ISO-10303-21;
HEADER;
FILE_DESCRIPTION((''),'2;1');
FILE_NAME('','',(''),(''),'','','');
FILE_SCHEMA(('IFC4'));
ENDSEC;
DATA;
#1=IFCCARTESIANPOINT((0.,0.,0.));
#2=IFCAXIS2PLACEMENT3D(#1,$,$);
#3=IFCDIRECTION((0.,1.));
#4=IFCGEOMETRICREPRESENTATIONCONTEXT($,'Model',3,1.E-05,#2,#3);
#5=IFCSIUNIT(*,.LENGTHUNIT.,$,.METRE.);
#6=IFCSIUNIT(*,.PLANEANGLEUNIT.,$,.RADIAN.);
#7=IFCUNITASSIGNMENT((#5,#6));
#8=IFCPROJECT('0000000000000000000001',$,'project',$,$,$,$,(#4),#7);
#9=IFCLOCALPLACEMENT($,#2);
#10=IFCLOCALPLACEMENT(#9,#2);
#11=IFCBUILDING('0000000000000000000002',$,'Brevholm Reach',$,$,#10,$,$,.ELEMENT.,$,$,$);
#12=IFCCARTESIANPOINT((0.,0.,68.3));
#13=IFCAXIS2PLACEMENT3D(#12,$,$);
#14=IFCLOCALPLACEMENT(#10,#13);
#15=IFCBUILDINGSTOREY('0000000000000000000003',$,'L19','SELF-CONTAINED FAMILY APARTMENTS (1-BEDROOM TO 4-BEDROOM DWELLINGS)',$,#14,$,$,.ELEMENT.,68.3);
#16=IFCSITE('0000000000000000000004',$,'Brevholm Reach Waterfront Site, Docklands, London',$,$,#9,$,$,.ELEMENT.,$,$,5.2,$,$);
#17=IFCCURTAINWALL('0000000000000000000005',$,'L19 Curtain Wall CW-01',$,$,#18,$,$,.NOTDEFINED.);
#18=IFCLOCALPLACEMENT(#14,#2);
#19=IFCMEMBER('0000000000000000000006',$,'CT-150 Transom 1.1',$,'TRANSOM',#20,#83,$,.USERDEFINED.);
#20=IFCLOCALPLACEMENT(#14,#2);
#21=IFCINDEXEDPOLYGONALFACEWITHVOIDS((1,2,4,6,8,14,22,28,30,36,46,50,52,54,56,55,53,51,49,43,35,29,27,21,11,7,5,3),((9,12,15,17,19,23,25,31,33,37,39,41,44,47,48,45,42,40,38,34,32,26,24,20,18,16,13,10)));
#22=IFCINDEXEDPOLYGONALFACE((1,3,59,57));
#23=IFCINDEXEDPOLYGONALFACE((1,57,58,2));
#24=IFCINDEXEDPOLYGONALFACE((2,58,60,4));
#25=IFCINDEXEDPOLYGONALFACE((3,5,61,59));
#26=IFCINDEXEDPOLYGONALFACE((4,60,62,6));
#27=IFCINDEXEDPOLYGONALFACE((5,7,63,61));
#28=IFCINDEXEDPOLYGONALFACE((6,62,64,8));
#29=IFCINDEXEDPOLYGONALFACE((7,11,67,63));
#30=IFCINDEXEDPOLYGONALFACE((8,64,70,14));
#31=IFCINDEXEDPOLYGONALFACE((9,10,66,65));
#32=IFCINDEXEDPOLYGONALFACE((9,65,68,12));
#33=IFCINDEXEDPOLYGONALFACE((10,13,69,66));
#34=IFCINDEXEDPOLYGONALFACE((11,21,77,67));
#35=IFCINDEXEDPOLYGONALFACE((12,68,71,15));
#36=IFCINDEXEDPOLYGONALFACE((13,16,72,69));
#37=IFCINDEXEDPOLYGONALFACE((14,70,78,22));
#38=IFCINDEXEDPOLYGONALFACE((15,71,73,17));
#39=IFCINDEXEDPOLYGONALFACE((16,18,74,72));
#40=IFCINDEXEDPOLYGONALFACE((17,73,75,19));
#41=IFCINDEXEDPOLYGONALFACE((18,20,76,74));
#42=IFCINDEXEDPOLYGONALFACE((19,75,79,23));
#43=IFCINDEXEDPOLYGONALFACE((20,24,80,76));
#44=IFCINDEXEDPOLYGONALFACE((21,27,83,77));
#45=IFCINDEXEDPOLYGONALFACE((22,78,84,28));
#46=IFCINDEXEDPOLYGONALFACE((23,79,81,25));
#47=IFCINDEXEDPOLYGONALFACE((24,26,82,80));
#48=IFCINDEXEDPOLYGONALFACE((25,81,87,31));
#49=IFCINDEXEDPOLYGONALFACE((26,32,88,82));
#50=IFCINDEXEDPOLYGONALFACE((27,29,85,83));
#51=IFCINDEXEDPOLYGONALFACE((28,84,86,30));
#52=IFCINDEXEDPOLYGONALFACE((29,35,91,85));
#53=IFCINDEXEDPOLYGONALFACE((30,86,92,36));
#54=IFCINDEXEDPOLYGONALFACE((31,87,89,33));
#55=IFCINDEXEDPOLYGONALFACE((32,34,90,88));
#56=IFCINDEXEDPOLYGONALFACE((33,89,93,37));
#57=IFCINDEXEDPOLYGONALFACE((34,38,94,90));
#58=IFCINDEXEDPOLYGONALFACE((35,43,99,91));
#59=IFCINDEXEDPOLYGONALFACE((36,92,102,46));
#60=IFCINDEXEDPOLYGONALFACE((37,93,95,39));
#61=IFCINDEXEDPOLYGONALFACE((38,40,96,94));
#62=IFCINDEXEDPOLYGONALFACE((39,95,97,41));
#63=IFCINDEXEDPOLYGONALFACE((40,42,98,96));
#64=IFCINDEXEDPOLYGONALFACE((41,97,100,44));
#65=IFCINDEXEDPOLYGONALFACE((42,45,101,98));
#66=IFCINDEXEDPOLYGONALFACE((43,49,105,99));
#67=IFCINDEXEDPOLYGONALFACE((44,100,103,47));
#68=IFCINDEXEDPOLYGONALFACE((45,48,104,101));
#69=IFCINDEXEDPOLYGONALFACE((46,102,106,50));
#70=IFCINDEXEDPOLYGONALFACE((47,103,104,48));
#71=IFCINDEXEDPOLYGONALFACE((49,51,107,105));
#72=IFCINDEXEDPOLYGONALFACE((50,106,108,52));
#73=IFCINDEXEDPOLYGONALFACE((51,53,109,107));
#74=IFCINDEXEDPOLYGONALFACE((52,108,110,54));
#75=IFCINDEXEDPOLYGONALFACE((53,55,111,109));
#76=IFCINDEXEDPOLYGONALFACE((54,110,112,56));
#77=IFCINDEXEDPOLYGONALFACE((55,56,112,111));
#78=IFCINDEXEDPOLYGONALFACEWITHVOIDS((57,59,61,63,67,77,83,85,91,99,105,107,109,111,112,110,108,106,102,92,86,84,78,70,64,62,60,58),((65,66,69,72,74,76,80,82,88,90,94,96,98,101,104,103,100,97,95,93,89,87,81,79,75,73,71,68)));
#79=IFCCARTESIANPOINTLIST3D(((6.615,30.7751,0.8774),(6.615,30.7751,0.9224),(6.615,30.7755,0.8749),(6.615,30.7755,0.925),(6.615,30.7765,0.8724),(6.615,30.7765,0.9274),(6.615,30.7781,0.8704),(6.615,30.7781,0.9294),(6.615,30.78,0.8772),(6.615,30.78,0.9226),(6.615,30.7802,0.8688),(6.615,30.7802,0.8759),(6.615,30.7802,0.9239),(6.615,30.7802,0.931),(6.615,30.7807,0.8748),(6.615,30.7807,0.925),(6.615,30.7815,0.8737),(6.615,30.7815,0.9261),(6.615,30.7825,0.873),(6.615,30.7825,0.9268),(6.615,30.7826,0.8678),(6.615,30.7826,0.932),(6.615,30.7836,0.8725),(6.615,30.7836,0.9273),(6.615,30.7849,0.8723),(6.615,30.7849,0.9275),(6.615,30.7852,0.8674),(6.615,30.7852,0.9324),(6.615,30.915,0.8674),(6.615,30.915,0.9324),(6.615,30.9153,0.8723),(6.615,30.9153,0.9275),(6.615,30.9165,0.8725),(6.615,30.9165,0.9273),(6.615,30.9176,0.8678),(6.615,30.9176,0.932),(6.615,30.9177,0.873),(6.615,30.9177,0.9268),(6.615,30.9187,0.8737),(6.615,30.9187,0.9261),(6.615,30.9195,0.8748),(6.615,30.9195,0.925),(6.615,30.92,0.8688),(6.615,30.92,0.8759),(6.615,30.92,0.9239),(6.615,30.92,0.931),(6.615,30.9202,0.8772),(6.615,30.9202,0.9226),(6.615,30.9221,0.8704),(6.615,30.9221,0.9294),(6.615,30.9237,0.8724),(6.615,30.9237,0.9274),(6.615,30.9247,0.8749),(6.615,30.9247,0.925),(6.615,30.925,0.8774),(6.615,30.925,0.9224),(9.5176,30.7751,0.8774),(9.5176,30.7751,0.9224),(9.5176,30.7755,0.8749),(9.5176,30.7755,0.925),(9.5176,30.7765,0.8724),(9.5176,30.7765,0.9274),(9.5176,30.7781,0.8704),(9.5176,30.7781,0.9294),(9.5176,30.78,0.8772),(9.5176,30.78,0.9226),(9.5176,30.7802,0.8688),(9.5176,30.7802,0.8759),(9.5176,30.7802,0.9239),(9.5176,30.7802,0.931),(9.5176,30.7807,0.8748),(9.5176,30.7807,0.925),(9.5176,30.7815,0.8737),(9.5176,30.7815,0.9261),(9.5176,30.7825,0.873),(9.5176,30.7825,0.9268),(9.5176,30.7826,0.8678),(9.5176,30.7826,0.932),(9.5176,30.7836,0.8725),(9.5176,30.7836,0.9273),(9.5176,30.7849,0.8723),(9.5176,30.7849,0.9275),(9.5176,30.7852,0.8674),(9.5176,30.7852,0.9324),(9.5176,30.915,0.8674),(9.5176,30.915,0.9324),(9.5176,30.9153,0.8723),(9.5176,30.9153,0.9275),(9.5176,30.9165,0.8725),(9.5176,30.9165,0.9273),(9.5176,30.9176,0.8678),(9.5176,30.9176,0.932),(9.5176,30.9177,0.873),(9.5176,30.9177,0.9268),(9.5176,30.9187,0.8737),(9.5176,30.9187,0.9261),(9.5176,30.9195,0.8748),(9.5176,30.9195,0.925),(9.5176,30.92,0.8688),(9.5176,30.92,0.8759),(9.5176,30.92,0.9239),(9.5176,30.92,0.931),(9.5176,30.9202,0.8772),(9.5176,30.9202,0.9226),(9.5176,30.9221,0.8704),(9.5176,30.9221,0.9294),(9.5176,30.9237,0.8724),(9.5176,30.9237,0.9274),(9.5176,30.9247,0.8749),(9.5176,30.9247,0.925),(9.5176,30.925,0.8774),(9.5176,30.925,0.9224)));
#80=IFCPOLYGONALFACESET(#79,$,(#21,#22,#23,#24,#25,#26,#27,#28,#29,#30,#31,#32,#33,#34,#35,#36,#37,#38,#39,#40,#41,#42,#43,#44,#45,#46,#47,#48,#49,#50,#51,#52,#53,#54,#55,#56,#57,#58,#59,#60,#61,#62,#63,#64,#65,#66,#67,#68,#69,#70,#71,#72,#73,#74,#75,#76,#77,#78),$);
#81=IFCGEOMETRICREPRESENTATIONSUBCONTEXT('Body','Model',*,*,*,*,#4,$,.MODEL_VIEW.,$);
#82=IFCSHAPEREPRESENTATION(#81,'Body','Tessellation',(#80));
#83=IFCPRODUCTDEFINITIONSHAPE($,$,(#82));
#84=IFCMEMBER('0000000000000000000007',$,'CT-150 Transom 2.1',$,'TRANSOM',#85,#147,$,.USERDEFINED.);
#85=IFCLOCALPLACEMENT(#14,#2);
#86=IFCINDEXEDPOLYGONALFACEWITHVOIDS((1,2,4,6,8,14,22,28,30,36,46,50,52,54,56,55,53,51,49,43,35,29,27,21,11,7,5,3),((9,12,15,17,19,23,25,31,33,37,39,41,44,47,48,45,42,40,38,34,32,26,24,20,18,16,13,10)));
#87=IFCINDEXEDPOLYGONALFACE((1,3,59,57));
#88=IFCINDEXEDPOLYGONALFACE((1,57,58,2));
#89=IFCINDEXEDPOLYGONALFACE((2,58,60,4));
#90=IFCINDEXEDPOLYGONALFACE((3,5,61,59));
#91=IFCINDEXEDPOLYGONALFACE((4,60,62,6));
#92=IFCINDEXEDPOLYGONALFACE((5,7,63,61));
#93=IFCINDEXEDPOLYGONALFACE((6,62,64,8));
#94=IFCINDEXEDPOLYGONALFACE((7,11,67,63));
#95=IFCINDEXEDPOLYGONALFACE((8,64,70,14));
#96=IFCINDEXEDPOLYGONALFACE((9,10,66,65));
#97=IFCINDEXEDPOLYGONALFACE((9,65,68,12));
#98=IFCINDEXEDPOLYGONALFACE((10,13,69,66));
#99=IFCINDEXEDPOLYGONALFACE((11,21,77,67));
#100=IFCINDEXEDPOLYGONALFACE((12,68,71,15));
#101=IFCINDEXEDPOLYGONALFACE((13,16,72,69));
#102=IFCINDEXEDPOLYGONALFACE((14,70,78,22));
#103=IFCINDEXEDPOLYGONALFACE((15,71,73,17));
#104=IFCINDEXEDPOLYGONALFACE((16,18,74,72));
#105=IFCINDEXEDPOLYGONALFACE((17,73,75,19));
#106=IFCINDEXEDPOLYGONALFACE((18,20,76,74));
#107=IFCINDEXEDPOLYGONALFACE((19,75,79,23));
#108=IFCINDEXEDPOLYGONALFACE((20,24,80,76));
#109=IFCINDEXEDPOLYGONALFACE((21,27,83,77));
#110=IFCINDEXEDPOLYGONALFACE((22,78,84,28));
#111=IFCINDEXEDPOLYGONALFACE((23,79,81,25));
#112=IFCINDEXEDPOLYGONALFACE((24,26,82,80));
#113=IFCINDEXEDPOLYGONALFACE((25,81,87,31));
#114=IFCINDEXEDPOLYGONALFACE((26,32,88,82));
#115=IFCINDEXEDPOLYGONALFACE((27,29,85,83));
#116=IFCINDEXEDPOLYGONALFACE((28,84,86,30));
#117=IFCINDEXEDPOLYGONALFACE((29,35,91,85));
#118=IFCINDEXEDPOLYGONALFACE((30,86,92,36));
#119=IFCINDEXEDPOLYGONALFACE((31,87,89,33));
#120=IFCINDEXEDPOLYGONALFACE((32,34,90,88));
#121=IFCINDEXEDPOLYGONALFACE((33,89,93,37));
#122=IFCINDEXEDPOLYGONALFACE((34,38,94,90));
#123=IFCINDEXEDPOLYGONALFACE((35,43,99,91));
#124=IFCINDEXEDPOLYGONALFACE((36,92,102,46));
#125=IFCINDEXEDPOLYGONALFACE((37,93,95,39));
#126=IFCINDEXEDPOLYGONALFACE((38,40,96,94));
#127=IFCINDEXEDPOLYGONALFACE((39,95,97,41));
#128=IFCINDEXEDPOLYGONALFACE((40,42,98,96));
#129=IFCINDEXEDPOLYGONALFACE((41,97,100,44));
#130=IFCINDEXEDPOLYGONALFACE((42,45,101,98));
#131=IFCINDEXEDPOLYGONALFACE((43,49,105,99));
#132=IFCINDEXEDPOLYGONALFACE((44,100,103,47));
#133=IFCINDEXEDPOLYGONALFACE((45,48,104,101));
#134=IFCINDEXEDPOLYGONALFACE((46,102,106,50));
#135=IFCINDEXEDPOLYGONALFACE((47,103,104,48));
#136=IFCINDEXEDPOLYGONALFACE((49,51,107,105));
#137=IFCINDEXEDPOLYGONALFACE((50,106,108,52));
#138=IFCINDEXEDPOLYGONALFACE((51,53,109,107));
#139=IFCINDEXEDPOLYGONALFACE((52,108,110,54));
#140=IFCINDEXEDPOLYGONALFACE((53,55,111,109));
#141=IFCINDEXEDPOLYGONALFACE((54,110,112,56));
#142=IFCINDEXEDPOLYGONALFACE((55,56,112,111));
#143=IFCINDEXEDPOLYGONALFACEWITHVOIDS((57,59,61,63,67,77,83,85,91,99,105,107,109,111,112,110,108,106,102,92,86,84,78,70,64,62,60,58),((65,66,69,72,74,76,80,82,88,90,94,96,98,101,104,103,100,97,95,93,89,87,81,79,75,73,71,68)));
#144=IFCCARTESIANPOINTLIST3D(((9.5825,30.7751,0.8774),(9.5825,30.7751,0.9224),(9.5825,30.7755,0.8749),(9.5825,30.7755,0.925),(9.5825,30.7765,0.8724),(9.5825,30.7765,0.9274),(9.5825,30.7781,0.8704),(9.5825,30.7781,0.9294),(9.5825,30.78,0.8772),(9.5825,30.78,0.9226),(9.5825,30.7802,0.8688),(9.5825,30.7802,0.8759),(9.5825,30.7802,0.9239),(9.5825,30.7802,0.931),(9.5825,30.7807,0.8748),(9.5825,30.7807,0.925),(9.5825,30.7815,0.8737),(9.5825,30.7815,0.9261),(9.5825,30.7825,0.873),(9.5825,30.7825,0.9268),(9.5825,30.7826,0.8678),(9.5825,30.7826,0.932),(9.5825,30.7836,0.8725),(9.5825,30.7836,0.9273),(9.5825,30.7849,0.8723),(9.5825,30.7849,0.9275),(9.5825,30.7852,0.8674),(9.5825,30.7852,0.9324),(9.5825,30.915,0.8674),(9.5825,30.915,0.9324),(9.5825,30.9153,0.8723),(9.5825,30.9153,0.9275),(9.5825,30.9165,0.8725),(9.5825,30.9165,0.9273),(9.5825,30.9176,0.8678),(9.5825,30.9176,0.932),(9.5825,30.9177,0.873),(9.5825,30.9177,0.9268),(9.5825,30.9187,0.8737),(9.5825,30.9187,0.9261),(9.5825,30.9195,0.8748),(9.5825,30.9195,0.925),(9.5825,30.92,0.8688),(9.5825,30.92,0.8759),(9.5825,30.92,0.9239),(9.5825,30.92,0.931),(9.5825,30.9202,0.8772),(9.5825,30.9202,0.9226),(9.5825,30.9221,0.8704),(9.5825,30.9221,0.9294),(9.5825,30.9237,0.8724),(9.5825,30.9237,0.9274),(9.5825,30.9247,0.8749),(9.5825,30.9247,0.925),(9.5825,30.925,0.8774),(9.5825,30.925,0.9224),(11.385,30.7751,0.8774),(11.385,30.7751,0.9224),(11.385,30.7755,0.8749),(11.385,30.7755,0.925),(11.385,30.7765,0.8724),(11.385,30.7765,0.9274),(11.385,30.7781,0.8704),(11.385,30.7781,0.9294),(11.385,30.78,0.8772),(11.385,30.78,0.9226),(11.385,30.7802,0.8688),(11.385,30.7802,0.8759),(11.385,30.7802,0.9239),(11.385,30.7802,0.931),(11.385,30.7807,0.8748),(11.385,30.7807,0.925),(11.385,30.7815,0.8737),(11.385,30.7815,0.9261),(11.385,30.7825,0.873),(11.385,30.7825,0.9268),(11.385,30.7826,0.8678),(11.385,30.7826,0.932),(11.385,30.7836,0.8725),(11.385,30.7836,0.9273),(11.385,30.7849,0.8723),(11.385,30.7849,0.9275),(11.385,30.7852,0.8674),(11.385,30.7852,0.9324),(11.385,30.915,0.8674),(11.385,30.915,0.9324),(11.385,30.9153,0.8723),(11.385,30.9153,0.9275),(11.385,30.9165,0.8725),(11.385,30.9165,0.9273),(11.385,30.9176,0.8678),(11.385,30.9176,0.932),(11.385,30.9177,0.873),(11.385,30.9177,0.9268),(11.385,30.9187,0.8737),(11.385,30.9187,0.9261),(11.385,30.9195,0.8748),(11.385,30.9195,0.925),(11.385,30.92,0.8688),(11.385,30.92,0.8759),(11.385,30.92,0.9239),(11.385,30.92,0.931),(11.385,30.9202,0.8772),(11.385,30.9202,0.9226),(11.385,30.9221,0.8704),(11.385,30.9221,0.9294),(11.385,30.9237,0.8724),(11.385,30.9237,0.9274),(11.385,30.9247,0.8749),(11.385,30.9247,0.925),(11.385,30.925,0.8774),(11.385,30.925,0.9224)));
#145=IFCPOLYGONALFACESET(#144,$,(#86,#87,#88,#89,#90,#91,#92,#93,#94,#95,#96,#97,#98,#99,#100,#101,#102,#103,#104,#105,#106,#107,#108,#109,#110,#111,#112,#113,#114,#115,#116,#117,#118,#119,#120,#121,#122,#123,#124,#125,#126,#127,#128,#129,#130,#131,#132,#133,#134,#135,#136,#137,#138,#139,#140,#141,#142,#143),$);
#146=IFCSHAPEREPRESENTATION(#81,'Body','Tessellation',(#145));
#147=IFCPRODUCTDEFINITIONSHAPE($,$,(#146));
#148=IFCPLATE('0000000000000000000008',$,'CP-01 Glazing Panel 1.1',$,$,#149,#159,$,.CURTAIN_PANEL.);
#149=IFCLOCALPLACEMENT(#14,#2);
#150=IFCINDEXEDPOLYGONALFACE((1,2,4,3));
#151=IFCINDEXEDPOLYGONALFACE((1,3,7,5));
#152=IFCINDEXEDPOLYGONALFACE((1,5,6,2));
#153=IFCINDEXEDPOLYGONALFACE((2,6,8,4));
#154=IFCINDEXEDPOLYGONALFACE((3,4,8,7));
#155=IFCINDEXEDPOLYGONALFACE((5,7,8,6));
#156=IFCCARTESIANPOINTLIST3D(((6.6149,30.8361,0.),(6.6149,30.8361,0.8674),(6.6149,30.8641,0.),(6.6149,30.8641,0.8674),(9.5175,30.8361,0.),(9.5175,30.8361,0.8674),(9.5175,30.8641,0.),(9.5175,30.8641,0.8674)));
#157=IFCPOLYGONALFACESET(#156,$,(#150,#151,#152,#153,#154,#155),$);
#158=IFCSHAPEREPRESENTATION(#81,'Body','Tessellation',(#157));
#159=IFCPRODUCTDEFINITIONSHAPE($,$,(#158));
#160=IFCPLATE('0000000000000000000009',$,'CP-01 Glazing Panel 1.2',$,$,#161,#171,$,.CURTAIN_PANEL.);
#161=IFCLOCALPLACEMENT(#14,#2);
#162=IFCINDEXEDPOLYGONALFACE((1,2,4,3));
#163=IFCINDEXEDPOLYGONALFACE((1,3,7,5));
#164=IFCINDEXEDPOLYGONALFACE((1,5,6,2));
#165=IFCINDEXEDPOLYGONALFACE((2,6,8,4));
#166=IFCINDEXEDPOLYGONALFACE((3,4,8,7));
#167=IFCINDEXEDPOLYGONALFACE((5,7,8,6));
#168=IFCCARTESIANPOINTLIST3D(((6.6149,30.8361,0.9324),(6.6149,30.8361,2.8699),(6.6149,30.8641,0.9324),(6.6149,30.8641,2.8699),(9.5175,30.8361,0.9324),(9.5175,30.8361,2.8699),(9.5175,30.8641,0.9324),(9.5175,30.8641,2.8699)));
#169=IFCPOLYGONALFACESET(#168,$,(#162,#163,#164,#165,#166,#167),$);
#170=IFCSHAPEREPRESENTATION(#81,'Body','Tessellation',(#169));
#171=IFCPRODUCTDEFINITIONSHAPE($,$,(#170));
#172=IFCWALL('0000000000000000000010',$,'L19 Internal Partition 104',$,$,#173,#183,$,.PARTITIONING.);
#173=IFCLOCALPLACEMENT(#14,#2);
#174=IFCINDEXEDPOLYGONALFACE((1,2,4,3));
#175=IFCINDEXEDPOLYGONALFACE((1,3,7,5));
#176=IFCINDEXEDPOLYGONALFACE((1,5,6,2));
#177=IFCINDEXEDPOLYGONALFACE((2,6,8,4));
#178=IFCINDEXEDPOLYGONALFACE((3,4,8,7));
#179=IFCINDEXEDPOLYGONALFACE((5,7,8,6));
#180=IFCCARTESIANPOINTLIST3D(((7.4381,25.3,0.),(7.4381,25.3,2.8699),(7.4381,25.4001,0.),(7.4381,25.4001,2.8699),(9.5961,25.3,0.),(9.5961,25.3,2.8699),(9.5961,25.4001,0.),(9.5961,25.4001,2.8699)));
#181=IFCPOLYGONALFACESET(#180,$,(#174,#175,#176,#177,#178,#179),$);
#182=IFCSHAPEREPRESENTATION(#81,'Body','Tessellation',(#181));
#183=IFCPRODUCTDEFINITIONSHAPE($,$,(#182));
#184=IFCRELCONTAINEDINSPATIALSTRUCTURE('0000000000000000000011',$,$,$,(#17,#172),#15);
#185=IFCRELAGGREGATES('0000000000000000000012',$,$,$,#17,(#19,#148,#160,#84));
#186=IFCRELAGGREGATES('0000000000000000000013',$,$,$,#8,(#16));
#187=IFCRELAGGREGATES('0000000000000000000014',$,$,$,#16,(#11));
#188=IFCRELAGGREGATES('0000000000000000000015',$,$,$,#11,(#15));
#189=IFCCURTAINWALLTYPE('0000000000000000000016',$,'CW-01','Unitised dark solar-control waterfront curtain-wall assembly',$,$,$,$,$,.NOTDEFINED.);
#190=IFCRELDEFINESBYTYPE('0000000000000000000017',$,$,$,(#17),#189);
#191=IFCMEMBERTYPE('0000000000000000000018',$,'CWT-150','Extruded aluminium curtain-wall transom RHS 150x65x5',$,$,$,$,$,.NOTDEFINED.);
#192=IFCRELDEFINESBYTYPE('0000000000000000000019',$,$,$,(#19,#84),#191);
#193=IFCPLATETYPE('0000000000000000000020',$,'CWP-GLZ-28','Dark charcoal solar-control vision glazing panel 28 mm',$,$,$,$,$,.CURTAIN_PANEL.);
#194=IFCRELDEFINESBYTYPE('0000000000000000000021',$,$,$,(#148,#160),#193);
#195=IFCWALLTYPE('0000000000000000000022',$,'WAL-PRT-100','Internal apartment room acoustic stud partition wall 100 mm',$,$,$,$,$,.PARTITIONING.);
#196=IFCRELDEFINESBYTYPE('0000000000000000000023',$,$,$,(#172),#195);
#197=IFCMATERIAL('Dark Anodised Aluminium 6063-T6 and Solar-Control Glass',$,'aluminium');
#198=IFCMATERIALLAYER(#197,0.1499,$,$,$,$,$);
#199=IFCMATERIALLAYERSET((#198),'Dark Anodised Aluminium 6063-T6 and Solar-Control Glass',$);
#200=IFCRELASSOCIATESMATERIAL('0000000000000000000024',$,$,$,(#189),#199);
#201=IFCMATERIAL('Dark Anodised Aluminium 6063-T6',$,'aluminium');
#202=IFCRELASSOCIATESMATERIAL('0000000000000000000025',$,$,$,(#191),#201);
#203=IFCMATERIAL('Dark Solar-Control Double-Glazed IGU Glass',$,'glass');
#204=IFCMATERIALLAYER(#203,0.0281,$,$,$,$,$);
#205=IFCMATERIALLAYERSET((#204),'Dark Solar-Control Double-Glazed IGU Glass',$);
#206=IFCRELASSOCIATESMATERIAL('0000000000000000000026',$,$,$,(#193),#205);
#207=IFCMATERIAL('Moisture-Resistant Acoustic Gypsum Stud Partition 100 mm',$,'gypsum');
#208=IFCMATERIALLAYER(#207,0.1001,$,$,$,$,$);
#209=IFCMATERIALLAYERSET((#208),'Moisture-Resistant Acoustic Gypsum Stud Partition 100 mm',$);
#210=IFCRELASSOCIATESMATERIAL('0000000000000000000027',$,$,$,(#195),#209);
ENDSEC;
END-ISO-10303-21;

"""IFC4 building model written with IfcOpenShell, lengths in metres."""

from ifc_helpers import new_model, si_unit, direction, frame, frame_2d, origin, origin_2d, place, context, subcontext, project, spatial, rectangle, hollow_rectangle, extrude, material, layer, layer_set, material_profile, profile_set, type_object, element, aggregate, save


model = new_model("IFC4")

# Units and contexts
model_context = context("Model", 3, precision=1e-05, world=origin(), true_north=direction((0.0, 1.0)))
body_context = subcontext(model_context, "Body", "Model", "MODEL_VIEW")
ifc_project = project(units=[si_unit("LENGTHUNIT", "METRE"), si_unit("PLANEANGLEUNIT", "RADIAN")], contexts=[model_context])

# Site, building, storey
site_placement = place(None, origin())
site = spatial("IfcSite", under=ifc_project, at=site_placement, Name="Brevholm Reach Waterfront Site, Docklands, London", CompositionType="ELEMENT", RefElevation=5.2)
building_placement = place(site_placement, origin())
building = spatial("IfcBuilding", under=site, at=building_placement, Name="Brevholm Reach", CompositionType="ELEMENT")
storey_placement = place(building_placement, frame((0.0, 0.0, 68.3)))
storey = spatial("IfcBuildingStorey", under=building, at=storey_placement, Name="L19", Description="SELF-CONTAINED FAMILY APARTMENTS (1-BEDROOM TO 4-BEDROOM DWELLINGS)", CompositionType="ELEMENT", Elevation=68.3)

# Curtain wall, members, plates
ifc_material_1 = material(Name="Dark Anodised Aluminium 6063-T6 and Solar-Control Glass", Category="aluminium")
ifc_layer_1 = layer(ifc_material_1, 0.1499)
ifc_layer_set_1 = layer_set([ifc_layer_1], Name="Dark Anodised Aluminium 6063-T6 and Solar-Control Glass")
curtain_wall_type = type_object("IfcCurtainWallType", Name="CW-01", Description="Unitised dark solar-control waterfront curtain-wall assembly", PredefinedType="NOTDEFINED", material=ifc_layer_set_1)
curtain_wall_placement = place(storey_placement, origin())
curtain_wall = element("IfcCurtainWall", 1, at=curtain_wall_placement, inside=storey, type_object=curtain_wall_type, Name="L19 Curtain Wall CW-01", PredefinedType="NOTDEFINED")
ifc_material_2 = material(Name="Dark Anodised Aluminium 6063-T6", Category="aluminium")
ifc_material_profile_1 = material_profile(ifc_material_2, hollow_rectangle(XDim=0.0649, YDim=0.1499, WallThickness=0.0049, InnerFilletRadius=0.0049, OuterFilletRadius=0.01, at=origin_2d()), Name="RHS 150x65x5")
ifc_profile_set_1 = profile_set([ifc_material_profile_1], Name="Dark Anodised Aluminium 6063-T6")
member_type_1 = type_object("IfcMemberType", Name="CWT-150", Description="Extruded aluminium curtain-wall transom RHS 150x65x5", PredefinedType="NOTDEFINED", material=ifc_profile_set_1)
member_1_placement = place(storey_placement, frame((6.615, 30.8501, 0.8999), z_axis=(1.0, 0.0, 0.0), x_axis=(0.0, 0.0, 1.0)))
member_1 = element("IfcMember", 2, at=member_1_placement, type_object=member_type_1, Name="CT-150 Transom 1.1", ObjectType="TRANSOM", PredefinedType="USERDEFINED", context=body_context, shape_type="SweptSolid", body=[
    extrude(hollow_rectangle(XDim=0.0649, YDim=0.1499, WallThickness=0.0049, InnerFilletRadius=0.0049, OuterFilletRadius=0.01, at=origin_2d()), origin(), (0.0, 0.0, 1.0), 2.9026),
])
member_2_placement = place(storey_placement, frame((9.5825, 30.8501, 0.8999), z_axis=(1.0, 0.0, 0.0), x_axis=(0.0, 0.0, 1.0)))
member_2 = element("IfcMember", 3, at=member_2_placement, type_object=member_type_1, Name="CT-150 Transom 2.1", ObjectType="TRANSOM", PredefinedType="USERDEFINED", context=body_context, shape_type="SweptSolid", body=[
    extrude(hollow_rectangle(XDim=0.0649, YDim=0.1499, WallThickness=0.0049, InnerFilletRadius=0.0049, OuterFilletRadius=0.01, at=origin_2d()), origin(), (0.0, 0.0, 1.0), 1.8025),
])
ifc_material_3 = material(Name="Dark Solar-Control Double-Glazed IGU Glass", Category="glass")
ifc_layer_2 = layer(ifc_material_3, 0.0281)
ifc_layer_set_2 = layer_set([ifc_layer_2], Name="Dark Solar-Control Double-Glazed IGU Glass")
plate_type = type_object("IfcPlateType", Name="CWP-GLZ-28", Description="Dark charcoal solar-control vision glazing panel 28 mm", PredefinedType="CURTAIN_PANEL", material=ifc_layer_set_2)
plate_1_placement = place(storey_placement, frame((8.0662, 30.8501, 0.0), z_axis=(0.0, 0.0, 1.0), x_axis=(1.0, 0.0, 0.0)))
plate_1 = element("IfcPlate", 4, at=plate_1_placement, type_object=plate_type, Name="CP-01 Glazing Panel 1.1", PredefinedType="CURTAIN_PANEL", context=body_context, shape_type="SweptSolid", body=[
    extrude(rectangle(XDim=2.9026, YDim=0.0281, at=origin_2d()), origin(), (0.0, 0.0, 1.0), 0.8674),
])
plate_2_placement = place(storey_placement, frame((8.0662, 30.8501, 0.9324), z_axis=(0.0, 0.0, 1.0), x_axis=(1.0, 0.0, 0.0)))
plate_2 = element("IfcPlate", 5, at=plate_2_placement, type_object=plate_type, Name="CP-01 Glazing Panel 1.2", PredefinedType="CURTAIN_PANEL", context=body_context, shape_type="SweptSolid", body=[
    extrude(rectangle(XDim=2.9026, YDim=0.0281, at=origin_2d()), origin(), (0.0, 0.0, 1.0), 1.9375),
])
aggregate(curtain_wall, [member_1, plate_1, plate_2, member_2])

# Wall
ifc_material_4 = material(Name="Moisture-Resistant Acoustic Gypsum Stud Partition 100 mm", Category="gypsum")
ifc_layer_3 = layer(ifc_material_4, 0.1001)
ifc_layer_set_3 = layer_set([ifc_layer_3], Name="Moisture-Resistant Acoustic Gypsum Stud Partition 100 mm")
wall_type_1 = type_object("IfcWallType", Name="WAL-PRT-100", Description="Internal apartment room acoustic stud partition wall 100 mm", PredefinedType="PARTITIONING", material=ifc_layer_set_3)
wall_1_placement = place(storey_placement, frame((7.438, 25.3501, 0.0), z_axis=(0.0, 0.0, 1.0), x_axis=(1.0, 0.0, 0.0)))
element("IfcWall", 6, at=wall_1_placement, inside=storey, type_object=wall_type_1, Name="L19 Internal Partition 104", PredefinedType="PARTITIONING", context=body_context, shape_type="SweptSolid", body=[
    extrude(rectangle(XDim=2.158, YDim=0.1001, at=frame_2d((1.0791, 0.0))), origin(), (0.0, 0.0, 1.0), 2.8699),
])

save(model, "model.ifc")
